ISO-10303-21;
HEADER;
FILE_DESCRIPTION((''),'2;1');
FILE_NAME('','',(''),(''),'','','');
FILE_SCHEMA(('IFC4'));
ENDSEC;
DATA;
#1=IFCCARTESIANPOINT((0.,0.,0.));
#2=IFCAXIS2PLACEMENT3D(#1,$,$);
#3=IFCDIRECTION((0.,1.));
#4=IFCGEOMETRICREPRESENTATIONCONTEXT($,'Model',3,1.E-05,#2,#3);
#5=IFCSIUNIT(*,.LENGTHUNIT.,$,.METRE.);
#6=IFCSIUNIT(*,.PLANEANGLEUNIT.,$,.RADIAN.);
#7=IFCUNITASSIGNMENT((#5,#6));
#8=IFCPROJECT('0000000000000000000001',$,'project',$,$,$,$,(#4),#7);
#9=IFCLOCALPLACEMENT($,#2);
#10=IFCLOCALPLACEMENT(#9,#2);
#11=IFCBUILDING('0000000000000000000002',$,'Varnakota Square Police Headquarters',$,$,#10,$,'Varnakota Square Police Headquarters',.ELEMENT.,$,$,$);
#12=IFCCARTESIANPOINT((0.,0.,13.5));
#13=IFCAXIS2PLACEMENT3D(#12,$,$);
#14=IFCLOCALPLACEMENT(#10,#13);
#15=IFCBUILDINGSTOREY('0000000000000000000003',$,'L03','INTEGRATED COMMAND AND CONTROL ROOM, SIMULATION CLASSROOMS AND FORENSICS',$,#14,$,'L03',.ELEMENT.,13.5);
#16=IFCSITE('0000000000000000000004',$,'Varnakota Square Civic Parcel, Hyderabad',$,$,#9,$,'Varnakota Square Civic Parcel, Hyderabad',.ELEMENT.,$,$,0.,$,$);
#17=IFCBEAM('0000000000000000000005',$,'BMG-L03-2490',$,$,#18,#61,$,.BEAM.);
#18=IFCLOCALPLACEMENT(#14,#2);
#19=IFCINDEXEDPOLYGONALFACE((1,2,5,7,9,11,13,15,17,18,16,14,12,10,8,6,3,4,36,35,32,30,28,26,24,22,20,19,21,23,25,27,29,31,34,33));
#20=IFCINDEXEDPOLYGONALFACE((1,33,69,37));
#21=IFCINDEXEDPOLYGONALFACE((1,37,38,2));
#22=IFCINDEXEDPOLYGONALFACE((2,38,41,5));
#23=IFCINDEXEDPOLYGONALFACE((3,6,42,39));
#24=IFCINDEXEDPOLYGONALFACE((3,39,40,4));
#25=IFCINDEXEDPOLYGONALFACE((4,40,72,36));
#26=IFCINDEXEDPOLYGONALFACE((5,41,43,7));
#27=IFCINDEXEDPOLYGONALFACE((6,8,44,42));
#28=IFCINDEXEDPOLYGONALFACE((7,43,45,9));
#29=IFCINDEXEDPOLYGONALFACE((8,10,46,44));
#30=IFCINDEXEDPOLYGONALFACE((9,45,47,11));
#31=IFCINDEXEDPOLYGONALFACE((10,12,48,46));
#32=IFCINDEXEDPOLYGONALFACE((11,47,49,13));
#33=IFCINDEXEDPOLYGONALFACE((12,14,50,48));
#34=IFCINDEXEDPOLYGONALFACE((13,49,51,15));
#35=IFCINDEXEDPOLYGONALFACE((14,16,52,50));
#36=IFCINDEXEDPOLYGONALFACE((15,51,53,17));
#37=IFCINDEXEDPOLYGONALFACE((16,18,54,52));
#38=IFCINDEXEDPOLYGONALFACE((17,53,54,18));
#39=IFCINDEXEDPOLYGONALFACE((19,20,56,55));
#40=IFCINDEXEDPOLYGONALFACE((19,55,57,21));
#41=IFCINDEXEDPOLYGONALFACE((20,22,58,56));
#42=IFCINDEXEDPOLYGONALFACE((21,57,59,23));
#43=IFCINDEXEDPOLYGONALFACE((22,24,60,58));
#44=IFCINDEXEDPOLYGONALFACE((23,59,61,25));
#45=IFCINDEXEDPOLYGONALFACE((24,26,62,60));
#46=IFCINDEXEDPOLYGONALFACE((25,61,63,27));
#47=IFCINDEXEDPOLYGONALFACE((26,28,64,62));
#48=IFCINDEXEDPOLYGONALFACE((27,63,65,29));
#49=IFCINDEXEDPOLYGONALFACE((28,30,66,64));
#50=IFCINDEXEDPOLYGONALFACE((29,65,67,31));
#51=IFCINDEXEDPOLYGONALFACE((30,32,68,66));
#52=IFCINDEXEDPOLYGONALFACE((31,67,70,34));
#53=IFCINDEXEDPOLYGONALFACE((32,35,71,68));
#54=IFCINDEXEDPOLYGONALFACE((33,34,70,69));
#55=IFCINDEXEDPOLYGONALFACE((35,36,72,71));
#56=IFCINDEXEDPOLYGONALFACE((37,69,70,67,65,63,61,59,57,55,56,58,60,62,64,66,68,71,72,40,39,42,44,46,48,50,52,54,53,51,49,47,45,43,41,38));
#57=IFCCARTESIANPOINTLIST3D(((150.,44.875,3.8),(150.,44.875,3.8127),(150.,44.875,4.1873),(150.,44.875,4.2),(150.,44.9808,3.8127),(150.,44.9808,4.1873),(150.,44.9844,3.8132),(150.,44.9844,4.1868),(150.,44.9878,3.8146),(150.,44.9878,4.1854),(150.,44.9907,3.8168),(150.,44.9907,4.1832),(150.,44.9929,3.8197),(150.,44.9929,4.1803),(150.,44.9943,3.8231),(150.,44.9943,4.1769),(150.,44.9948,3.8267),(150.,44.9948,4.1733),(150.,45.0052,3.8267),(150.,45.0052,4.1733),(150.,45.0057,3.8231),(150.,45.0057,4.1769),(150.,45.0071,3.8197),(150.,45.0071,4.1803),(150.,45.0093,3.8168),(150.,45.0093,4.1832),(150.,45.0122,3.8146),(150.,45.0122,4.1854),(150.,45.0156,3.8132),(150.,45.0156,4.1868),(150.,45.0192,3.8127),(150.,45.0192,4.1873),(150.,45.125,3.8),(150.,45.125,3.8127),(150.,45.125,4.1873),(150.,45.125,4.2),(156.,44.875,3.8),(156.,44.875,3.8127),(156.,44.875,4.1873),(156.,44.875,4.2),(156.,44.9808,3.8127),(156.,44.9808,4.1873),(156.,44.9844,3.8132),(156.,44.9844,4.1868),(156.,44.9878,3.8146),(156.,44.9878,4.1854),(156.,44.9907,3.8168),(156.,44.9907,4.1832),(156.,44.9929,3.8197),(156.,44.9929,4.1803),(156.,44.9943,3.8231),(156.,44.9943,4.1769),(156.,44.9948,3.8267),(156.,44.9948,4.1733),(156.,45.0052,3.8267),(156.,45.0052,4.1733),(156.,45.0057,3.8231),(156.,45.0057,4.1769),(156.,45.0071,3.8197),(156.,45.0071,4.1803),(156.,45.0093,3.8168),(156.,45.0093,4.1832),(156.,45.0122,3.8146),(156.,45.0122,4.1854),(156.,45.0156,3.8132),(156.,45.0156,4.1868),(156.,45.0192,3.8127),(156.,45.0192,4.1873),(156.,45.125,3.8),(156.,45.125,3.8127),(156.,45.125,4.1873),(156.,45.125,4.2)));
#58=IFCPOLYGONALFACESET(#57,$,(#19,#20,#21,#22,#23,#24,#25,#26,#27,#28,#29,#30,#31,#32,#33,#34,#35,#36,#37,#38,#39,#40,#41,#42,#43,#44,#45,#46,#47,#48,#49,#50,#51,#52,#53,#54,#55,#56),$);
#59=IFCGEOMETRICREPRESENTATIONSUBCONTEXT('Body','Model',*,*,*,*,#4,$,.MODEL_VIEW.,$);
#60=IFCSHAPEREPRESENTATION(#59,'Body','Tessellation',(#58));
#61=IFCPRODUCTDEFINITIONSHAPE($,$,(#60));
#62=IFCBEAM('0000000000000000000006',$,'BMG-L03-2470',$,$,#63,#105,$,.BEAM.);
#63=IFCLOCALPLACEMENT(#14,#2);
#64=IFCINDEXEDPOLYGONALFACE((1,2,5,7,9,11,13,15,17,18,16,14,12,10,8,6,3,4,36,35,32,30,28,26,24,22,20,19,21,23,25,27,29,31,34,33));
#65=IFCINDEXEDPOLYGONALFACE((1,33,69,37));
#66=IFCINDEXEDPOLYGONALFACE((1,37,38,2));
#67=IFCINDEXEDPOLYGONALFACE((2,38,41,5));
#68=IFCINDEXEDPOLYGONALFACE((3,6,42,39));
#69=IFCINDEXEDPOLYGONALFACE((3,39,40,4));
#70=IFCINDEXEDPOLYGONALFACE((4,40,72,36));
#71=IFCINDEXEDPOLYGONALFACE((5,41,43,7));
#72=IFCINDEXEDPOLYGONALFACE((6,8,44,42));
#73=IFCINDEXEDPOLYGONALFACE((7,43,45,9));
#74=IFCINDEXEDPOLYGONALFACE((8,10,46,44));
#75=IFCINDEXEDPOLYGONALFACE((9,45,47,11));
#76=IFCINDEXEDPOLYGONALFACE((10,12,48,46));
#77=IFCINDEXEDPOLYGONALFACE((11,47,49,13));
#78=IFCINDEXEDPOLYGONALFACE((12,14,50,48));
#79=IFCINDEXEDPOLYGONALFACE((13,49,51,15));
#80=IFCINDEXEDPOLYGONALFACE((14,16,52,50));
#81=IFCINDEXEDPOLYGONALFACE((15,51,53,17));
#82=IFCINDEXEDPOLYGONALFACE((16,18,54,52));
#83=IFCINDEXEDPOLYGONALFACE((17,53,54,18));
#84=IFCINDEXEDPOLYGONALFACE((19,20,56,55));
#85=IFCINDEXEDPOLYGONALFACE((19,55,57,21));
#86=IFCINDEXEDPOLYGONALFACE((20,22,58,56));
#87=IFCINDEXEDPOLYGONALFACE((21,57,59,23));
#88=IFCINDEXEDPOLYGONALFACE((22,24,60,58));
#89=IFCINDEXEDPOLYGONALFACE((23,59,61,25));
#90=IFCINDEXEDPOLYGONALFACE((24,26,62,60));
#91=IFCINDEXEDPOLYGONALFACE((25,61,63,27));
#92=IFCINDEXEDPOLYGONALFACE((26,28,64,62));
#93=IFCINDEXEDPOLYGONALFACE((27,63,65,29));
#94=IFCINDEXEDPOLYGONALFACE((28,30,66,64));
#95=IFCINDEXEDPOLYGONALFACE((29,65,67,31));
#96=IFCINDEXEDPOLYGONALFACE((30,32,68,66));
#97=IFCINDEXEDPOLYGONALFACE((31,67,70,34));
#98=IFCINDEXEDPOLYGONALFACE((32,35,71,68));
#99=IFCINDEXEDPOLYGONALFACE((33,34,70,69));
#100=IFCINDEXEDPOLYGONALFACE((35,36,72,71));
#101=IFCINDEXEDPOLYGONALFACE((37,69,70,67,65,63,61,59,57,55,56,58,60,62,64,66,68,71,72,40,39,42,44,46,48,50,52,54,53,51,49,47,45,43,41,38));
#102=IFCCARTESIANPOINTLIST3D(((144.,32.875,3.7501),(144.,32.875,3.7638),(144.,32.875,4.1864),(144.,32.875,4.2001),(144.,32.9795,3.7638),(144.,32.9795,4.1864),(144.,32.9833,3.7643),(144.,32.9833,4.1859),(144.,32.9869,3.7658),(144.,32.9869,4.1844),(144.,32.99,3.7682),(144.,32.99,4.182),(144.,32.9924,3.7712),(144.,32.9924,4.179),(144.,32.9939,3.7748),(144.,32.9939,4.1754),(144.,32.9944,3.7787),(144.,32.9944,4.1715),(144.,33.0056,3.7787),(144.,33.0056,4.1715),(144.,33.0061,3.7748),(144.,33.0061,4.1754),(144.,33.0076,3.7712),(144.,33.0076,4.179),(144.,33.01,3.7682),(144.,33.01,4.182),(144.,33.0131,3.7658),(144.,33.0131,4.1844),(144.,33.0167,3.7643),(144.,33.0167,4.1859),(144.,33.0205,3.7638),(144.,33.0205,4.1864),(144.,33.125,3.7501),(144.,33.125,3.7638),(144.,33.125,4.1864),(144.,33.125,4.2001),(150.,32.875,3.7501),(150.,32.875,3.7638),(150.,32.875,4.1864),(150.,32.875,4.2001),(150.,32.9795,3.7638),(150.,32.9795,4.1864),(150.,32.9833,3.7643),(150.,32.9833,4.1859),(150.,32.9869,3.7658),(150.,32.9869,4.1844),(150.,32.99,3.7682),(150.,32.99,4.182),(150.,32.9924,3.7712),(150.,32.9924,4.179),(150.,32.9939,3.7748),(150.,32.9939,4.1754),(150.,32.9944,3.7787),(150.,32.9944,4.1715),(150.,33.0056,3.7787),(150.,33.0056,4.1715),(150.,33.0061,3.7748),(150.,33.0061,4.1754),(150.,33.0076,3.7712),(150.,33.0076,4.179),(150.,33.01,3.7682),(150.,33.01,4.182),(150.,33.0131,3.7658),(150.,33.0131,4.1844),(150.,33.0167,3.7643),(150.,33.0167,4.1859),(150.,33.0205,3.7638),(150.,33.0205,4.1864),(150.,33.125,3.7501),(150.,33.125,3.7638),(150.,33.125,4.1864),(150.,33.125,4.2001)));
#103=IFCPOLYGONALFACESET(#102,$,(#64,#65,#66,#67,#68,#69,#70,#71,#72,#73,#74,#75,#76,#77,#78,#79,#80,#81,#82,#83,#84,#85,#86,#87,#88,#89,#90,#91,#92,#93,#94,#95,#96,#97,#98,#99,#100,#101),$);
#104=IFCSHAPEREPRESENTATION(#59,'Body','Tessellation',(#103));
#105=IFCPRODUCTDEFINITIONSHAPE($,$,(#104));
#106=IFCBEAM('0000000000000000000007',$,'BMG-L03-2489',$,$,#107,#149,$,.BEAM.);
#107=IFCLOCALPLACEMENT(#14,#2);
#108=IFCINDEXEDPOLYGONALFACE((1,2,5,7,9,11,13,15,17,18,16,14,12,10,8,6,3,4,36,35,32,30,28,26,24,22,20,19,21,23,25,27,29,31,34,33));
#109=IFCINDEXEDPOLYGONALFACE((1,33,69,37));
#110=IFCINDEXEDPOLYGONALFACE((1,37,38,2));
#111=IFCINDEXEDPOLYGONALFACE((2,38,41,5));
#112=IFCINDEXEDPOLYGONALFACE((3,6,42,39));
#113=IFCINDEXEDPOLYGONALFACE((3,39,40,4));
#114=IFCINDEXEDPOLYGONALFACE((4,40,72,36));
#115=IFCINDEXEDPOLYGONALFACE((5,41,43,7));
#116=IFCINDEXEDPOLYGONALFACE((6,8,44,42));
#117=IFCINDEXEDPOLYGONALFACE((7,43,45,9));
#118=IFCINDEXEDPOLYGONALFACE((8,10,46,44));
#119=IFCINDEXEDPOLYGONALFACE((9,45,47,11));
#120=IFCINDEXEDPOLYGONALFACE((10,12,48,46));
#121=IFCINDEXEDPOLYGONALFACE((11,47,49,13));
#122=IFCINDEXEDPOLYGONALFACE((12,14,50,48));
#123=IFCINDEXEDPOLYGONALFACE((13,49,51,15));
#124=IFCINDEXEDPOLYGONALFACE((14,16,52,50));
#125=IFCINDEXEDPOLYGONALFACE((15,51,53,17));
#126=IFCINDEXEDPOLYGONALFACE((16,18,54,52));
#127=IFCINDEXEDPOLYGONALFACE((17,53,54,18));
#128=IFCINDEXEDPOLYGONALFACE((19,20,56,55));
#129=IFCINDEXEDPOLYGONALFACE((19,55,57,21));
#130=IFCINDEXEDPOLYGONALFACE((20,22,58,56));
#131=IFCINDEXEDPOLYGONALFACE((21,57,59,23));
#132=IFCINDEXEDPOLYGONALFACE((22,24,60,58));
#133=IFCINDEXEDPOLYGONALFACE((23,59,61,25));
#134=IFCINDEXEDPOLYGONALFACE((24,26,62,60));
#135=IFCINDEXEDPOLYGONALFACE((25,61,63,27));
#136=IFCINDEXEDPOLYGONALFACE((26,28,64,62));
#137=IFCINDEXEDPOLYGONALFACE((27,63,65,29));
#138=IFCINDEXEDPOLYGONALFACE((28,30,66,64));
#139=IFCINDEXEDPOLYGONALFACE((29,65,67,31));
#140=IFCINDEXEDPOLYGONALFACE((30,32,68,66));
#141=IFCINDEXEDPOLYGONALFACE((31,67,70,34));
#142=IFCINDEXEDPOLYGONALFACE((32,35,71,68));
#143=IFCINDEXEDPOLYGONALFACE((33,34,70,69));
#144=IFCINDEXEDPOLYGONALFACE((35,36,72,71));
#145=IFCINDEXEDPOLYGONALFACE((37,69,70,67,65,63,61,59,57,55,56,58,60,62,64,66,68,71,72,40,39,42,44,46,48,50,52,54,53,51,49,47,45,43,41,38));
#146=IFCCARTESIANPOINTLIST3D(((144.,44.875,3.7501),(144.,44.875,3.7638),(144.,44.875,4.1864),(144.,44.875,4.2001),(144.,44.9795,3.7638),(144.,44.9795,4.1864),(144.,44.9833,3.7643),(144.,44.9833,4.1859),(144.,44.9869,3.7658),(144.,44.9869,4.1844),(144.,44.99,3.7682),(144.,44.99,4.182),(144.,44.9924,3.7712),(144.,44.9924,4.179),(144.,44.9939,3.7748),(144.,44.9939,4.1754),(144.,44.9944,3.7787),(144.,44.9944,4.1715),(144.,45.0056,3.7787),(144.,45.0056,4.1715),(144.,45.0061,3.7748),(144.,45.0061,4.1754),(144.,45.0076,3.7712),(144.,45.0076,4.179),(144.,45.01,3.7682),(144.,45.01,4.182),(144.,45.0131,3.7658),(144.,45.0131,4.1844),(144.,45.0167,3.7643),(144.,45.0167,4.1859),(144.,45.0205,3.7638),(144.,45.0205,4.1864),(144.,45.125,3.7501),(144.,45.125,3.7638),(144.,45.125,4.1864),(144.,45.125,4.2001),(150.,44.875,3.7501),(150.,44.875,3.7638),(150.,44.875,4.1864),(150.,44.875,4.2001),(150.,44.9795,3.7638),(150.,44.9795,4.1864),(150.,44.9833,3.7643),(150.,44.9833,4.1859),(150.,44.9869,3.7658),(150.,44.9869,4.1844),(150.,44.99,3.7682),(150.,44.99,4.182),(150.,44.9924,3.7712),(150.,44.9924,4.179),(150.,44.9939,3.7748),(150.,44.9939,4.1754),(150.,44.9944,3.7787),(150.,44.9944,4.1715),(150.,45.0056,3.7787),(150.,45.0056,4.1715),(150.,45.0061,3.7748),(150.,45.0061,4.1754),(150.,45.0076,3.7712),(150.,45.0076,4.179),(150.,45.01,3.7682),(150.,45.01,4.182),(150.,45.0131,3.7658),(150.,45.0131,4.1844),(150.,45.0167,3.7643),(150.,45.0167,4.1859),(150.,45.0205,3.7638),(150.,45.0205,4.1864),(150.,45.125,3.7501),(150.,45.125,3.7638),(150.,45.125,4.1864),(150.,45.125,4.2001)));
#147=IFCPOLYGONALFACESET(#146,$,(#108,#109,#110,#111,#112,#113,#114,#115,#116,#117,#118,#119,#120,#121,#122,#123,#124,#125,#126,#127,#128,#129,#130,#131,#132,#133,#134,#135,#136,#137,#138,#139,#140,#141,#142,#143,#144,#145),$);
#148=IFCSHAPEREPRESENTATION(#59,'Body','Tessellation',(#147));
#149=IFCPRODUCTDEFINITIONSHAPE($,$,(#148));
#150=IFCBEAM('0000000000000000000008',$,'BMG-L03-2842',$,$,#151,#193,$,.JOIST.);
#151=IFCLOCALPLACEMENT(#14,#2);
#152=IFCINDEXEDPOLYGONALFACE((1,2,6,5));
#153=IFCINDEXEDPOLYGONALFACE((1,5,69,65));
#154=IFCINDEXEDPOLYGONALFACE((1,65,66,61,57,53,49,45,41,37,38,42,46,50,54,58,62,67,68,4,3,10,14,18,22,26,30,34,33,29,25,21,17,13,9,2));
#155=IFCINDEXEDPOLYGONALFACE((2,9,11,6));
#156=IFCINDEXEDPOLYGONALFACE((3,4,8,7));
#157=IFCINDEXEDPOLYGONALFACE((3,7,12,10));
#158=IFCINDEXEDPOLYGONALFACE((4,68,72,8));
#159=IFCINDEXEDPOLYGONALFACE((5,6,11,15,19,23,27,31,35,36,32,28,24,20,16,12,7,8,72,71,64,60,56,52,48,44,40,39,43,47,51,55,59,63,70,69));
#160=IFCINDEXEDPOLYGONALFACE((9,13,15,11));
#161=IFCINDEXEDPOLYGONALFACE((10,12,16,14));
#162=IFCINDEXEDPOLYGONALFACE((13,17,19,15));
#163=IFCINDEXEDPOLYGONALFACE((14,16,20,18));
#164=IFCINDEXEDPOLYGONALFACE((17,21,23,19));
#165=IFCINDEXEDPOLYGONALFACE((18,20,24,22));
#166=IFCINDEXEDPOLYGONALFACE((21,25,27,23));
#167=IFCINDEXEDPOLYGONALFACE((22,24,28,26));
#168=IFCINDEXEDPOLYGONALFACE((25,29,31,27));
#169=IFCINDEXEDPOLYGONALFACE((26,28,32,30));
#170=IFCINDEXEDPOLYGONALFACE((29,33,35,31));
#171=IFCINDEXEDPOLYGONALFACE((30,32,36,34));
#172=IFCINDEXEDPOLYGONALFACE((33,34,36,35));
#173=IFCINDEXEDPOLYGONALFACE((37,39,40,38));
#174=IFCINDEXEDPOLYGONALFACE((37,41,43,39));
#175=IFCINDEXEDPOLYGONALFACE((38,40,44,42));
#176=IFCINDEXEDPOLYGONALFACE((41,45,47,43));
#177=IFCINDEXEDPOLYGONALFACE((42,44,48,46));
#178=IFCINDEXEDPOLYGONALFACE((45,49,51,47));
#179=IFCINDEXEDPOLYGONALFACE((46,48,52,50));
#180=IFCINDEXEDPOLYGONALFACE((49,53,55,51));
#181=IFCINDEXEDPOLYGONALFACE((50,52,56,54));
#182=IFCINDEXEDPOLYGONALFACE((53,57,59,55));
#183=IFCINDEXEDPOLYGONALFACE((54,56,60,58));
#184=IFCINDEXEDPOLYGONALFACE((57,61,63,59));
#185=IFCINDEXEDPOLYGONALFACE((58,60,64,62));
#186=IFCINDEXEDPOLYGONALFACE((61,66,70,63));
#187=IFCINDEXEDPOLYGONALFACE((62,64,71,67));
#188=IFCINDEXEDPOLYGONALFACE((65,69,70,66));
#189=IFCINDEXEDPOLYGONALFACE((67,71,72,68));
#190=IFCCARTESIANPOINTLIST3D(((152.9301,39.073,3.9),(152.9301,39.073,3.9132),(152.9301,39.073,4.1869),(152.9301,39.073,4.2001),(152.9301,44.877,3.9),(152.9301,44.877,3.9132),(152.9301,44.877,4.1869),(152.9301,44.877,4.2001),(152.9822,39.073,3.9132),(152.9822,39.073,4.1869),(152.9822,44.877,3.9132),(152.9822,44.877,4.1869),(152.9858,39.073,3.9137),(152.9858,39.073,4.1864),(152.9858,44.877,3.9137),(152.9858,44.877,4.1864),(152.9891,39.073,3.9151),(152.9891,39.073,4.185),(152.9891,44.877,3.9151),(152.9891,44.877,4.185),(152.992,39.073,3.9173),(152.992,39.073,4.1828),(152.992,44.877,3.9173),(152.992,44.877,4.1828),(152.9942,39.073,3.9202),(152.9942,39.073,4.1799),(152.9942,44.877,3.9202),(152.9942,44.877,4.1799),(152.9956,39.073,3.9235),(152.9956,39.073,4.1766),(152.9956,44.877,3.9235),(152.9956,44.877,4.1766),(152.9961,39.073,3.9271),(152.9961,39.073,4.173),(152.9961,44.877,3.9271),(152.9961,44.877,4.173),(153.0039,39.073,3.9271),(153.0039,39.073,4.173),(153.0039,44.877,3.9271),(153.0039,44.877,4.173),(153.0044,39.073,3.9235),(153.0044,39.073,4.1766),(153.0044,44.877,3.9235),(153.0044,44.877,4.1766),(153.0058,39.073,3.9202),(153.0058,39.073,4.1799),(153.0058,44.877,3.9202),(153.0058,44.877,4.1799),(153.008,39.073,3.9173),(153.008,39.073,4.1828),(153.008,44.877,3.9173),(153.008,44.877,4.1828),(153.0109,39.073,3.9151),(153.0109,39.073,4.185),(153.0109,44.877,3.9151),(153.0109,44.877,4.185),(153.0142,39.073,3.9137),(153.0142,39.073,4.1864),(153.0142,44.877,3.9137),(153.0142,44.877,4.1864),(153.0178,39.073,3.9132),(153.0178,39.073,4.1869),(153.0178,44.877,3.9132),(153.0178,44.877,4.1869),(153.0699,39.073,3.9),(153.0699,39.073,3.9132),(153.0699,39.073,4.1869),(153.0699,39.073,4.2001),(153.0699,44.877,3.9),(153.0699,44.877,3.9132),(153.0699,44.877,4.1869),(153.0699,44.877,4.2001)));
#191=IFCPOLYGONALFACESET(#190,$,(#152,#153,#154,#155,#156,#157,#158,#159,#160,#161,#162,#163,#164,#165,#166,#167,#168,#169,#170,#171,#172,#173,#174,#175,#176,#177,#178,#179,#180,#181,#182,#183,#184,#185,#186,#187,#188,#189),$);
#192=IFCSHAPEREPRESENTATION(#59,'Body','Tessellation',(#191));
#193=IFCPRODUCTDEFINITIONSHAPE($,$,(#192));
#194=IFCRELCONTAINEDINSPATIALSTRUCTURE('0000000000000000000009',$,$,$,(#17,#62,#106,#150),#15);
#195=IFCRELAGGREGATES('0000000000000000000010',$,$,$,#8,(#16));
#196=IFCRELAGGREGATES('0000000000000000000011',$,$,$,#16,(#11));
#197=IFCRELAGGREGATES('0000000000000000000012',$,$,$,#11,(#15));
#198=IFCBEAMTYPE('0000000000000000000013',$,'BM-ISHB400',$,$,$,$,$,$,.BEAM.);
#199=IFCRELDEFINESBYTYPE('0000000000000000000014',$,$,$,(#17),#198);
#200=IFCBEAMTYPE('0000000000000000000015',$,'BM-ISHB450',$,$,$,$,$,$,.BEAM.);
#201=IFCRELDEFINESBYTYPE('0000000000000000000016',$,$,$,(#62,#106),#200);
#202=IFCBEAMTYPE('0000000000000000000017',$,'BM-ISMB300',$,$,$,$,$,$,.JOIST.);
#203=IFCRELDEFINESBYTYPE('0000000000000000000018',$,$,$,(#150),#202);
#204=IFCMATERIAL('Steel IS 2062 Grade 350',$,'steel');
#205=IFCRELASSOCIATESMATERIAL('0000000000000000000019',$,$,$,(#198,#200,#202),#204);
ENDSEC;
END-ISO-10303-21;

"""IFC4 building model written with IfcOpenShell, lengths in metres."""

from ifc_helpers import new_model, si_unit, direction, frame, origin, origin_2d, place, context, subcontext, project, spatial, i_section, extrude, material, material_profile, profile_set, type_object, element, save


model = new_model("IFC4")

# Units and contexts
model_context = context("Model", 3, precision=1e-05, world=origin(), true_north=direction((0.0, 1.0)))
body_context = subcontext(model_context, "Body", "Model", "MODEL_VIEW")
ifc_project = project(units=[si_unit("LENGTHUNIT", "METRE"), si_unit("PLANEANGLEUNIT", "RADIAN")], contexts=[model_context])

# Site, building, storey
site_placement = place(None, origin())
site = spatial("IfcSite", under=ifc_project, at=site_placement, Name="Varnakota Square Civic Parcel, Hyderabad", LongName="Varnakota Square Civic Parcel, Hyderabad", CompositionType="ELEMENT", RefElevation=0.0)
building_placement = place(site_placement, origin())
building = spatial("IfcBuilding", under=site, at=building_placement, Name="Varnakota Square Police Headquarters", LongName="Varnakota Square Police Headquarters", CompositionType="ELEMENT")
storey_placement = place(building_placement, frame((0.0, 0.0, 13.5)))
storey = spatial("IfcBuildingStorey", under=building, at=storey_placement, Name="L03", Description="INTEGRATED COMMAND AND CONTROL ROOM, SIMULATION CLASSROOMS AND FORENSICS", LongName="L03", CompositionType="ELEMENT", Elevation=13.5)

# Shared definitions
ifc_material_1 = material(Name="Steel IS 2062 Grade 350", Category="steel")

# Beams
ifc_material_profile_1 = material_profile(ifc_material_1, i_section(OverallWidth=0.25, OverallDepth=0.3999, WebThickness=0.0105, FlangeThickness=0.0127, FilletRadius=0.0139, at=origin_2d()), Name="ISHB 400")
ifc_profile_set_1 = profile_set([ifc_material_profile_1], Name="Steel IS 2062 Grade 350")
beam_type_1 = type_object("IfcBeamType", Name="BM-ISHB400", PredefinedType="BEAM", material=ifc_profile_set_1)
for number, where, z_axis, x_axis, name in (
    (1, (150.0, 45.0, 4.0), (1.0, 0.0, 0.0), (0.0, 1.0, 0.0), "BMG-L03-2490"),
):
    element("IfcBeam", number, at=place(storey_placement, frame(where, z_axis=z_axis, x_axis=x_axis)), inside=storey, type_object=beam_type_1, Name=name, PredefinedType="BEAM", context=body_context, shape_type="SweptSolid", body=[
        extrude(i_section(OverallWidth=0.25, OverallDepth=0.3999, WebThickness=0.0105, FlangeThickness=0.0127, FilletRadius=0.0139, at=origin_2d()), origin(), (0.0, 0.0, 1.0), 6.0),
    ])
ifc_material_profile_2 = material_profile(ifc_material_1, i_section(OverallWidth=0.25, OverallDepth=0.45, WebThickness=0.0112, FlangeThickness=0.0137, FilletRadius=0.0149, at=origin_2d()), Name="ISHB 450")
ifc_profile_set_2 = profile_set([ifc_material_profile_2], Name="Steel IS 2062 Grade 350")
beam_type_2 = type_object("IfcBeamType", Name="BM-ISHB450", PredefinedType="BEAM", material=ifc_profile_set_2)
for number, where, z_axis, x_axis, name in (
    (2, (144.0, 33.0, 3.9751), (1.0, 0.0, 0.0), (0.0, 1.0, 0.0), "BMG-L03-2470"),
    (3, (144.0, 45.0, 3.9751), (1.0, 0.0, 0.0), (0.0, 1.0, 0.0), "BMG-L03-2489"),
):
    element("IfcBeam", number, at=place(storey_placement, frame(where, z_axis=z_axis, x_axis=x_axis)), inside=storey, type_object=beam_type_2, Name=name, PredefinedType="BEAM", context=body_context, shape_type="SweptSolid", body=[
        extrude(i_section(OverallWidth=0.25, OverallDepth=0.45, WebThickness=0.0112, FlangeThickness=0.0137, FilletRadius=0.0149, at=origin_2d()), origin(), (0.0, 0.0, 1.0), 6.0),
    ])
ifc_material_profile_3 = material_profile(ifc_material_1, i_section(OverallWidth=0.1399, OverallDepth=0.3, WebThickness=0.0078, FlangeThickness=0.0132, FilletRadius=0.0139, at=origin_2d()), Name="ISMB 300")
ifc_profile_set_3 = profile_set([ifc_material_profile_3], Name="Steel IS 2062 Grade 350")
beam_type_3 = type_object("IfcBeamType", Name="BM-ISMB300", PredefinedType="JOIST", material=ifc_profile_set_3)
beam_1_placement = place(storey_placement, frame((153.0, 39.073, 4.05), z_axis=(0.0, 1.0, 0.0), x_axis=(-1.0, 0.0, 0.0)))
element("IfcBeam", 4, at=beam_1_placement, inside=storey, type_object=beam_type_3, Name="BMG-L03-2842", PredefinedType="JOIST", context=body_context, shape_type="SweptSolid", body=[
    extrude(i_section(OverallWidth=0.1399, OverallDepth=0.3, WebThickness=0.0078, FlangeThickness=0.0132, FilletRadius=0.0139, at=origin_2d()), origin(), (0.0, 0.0, 1.0), 5.804),
])

save(model, "model.ifc")
